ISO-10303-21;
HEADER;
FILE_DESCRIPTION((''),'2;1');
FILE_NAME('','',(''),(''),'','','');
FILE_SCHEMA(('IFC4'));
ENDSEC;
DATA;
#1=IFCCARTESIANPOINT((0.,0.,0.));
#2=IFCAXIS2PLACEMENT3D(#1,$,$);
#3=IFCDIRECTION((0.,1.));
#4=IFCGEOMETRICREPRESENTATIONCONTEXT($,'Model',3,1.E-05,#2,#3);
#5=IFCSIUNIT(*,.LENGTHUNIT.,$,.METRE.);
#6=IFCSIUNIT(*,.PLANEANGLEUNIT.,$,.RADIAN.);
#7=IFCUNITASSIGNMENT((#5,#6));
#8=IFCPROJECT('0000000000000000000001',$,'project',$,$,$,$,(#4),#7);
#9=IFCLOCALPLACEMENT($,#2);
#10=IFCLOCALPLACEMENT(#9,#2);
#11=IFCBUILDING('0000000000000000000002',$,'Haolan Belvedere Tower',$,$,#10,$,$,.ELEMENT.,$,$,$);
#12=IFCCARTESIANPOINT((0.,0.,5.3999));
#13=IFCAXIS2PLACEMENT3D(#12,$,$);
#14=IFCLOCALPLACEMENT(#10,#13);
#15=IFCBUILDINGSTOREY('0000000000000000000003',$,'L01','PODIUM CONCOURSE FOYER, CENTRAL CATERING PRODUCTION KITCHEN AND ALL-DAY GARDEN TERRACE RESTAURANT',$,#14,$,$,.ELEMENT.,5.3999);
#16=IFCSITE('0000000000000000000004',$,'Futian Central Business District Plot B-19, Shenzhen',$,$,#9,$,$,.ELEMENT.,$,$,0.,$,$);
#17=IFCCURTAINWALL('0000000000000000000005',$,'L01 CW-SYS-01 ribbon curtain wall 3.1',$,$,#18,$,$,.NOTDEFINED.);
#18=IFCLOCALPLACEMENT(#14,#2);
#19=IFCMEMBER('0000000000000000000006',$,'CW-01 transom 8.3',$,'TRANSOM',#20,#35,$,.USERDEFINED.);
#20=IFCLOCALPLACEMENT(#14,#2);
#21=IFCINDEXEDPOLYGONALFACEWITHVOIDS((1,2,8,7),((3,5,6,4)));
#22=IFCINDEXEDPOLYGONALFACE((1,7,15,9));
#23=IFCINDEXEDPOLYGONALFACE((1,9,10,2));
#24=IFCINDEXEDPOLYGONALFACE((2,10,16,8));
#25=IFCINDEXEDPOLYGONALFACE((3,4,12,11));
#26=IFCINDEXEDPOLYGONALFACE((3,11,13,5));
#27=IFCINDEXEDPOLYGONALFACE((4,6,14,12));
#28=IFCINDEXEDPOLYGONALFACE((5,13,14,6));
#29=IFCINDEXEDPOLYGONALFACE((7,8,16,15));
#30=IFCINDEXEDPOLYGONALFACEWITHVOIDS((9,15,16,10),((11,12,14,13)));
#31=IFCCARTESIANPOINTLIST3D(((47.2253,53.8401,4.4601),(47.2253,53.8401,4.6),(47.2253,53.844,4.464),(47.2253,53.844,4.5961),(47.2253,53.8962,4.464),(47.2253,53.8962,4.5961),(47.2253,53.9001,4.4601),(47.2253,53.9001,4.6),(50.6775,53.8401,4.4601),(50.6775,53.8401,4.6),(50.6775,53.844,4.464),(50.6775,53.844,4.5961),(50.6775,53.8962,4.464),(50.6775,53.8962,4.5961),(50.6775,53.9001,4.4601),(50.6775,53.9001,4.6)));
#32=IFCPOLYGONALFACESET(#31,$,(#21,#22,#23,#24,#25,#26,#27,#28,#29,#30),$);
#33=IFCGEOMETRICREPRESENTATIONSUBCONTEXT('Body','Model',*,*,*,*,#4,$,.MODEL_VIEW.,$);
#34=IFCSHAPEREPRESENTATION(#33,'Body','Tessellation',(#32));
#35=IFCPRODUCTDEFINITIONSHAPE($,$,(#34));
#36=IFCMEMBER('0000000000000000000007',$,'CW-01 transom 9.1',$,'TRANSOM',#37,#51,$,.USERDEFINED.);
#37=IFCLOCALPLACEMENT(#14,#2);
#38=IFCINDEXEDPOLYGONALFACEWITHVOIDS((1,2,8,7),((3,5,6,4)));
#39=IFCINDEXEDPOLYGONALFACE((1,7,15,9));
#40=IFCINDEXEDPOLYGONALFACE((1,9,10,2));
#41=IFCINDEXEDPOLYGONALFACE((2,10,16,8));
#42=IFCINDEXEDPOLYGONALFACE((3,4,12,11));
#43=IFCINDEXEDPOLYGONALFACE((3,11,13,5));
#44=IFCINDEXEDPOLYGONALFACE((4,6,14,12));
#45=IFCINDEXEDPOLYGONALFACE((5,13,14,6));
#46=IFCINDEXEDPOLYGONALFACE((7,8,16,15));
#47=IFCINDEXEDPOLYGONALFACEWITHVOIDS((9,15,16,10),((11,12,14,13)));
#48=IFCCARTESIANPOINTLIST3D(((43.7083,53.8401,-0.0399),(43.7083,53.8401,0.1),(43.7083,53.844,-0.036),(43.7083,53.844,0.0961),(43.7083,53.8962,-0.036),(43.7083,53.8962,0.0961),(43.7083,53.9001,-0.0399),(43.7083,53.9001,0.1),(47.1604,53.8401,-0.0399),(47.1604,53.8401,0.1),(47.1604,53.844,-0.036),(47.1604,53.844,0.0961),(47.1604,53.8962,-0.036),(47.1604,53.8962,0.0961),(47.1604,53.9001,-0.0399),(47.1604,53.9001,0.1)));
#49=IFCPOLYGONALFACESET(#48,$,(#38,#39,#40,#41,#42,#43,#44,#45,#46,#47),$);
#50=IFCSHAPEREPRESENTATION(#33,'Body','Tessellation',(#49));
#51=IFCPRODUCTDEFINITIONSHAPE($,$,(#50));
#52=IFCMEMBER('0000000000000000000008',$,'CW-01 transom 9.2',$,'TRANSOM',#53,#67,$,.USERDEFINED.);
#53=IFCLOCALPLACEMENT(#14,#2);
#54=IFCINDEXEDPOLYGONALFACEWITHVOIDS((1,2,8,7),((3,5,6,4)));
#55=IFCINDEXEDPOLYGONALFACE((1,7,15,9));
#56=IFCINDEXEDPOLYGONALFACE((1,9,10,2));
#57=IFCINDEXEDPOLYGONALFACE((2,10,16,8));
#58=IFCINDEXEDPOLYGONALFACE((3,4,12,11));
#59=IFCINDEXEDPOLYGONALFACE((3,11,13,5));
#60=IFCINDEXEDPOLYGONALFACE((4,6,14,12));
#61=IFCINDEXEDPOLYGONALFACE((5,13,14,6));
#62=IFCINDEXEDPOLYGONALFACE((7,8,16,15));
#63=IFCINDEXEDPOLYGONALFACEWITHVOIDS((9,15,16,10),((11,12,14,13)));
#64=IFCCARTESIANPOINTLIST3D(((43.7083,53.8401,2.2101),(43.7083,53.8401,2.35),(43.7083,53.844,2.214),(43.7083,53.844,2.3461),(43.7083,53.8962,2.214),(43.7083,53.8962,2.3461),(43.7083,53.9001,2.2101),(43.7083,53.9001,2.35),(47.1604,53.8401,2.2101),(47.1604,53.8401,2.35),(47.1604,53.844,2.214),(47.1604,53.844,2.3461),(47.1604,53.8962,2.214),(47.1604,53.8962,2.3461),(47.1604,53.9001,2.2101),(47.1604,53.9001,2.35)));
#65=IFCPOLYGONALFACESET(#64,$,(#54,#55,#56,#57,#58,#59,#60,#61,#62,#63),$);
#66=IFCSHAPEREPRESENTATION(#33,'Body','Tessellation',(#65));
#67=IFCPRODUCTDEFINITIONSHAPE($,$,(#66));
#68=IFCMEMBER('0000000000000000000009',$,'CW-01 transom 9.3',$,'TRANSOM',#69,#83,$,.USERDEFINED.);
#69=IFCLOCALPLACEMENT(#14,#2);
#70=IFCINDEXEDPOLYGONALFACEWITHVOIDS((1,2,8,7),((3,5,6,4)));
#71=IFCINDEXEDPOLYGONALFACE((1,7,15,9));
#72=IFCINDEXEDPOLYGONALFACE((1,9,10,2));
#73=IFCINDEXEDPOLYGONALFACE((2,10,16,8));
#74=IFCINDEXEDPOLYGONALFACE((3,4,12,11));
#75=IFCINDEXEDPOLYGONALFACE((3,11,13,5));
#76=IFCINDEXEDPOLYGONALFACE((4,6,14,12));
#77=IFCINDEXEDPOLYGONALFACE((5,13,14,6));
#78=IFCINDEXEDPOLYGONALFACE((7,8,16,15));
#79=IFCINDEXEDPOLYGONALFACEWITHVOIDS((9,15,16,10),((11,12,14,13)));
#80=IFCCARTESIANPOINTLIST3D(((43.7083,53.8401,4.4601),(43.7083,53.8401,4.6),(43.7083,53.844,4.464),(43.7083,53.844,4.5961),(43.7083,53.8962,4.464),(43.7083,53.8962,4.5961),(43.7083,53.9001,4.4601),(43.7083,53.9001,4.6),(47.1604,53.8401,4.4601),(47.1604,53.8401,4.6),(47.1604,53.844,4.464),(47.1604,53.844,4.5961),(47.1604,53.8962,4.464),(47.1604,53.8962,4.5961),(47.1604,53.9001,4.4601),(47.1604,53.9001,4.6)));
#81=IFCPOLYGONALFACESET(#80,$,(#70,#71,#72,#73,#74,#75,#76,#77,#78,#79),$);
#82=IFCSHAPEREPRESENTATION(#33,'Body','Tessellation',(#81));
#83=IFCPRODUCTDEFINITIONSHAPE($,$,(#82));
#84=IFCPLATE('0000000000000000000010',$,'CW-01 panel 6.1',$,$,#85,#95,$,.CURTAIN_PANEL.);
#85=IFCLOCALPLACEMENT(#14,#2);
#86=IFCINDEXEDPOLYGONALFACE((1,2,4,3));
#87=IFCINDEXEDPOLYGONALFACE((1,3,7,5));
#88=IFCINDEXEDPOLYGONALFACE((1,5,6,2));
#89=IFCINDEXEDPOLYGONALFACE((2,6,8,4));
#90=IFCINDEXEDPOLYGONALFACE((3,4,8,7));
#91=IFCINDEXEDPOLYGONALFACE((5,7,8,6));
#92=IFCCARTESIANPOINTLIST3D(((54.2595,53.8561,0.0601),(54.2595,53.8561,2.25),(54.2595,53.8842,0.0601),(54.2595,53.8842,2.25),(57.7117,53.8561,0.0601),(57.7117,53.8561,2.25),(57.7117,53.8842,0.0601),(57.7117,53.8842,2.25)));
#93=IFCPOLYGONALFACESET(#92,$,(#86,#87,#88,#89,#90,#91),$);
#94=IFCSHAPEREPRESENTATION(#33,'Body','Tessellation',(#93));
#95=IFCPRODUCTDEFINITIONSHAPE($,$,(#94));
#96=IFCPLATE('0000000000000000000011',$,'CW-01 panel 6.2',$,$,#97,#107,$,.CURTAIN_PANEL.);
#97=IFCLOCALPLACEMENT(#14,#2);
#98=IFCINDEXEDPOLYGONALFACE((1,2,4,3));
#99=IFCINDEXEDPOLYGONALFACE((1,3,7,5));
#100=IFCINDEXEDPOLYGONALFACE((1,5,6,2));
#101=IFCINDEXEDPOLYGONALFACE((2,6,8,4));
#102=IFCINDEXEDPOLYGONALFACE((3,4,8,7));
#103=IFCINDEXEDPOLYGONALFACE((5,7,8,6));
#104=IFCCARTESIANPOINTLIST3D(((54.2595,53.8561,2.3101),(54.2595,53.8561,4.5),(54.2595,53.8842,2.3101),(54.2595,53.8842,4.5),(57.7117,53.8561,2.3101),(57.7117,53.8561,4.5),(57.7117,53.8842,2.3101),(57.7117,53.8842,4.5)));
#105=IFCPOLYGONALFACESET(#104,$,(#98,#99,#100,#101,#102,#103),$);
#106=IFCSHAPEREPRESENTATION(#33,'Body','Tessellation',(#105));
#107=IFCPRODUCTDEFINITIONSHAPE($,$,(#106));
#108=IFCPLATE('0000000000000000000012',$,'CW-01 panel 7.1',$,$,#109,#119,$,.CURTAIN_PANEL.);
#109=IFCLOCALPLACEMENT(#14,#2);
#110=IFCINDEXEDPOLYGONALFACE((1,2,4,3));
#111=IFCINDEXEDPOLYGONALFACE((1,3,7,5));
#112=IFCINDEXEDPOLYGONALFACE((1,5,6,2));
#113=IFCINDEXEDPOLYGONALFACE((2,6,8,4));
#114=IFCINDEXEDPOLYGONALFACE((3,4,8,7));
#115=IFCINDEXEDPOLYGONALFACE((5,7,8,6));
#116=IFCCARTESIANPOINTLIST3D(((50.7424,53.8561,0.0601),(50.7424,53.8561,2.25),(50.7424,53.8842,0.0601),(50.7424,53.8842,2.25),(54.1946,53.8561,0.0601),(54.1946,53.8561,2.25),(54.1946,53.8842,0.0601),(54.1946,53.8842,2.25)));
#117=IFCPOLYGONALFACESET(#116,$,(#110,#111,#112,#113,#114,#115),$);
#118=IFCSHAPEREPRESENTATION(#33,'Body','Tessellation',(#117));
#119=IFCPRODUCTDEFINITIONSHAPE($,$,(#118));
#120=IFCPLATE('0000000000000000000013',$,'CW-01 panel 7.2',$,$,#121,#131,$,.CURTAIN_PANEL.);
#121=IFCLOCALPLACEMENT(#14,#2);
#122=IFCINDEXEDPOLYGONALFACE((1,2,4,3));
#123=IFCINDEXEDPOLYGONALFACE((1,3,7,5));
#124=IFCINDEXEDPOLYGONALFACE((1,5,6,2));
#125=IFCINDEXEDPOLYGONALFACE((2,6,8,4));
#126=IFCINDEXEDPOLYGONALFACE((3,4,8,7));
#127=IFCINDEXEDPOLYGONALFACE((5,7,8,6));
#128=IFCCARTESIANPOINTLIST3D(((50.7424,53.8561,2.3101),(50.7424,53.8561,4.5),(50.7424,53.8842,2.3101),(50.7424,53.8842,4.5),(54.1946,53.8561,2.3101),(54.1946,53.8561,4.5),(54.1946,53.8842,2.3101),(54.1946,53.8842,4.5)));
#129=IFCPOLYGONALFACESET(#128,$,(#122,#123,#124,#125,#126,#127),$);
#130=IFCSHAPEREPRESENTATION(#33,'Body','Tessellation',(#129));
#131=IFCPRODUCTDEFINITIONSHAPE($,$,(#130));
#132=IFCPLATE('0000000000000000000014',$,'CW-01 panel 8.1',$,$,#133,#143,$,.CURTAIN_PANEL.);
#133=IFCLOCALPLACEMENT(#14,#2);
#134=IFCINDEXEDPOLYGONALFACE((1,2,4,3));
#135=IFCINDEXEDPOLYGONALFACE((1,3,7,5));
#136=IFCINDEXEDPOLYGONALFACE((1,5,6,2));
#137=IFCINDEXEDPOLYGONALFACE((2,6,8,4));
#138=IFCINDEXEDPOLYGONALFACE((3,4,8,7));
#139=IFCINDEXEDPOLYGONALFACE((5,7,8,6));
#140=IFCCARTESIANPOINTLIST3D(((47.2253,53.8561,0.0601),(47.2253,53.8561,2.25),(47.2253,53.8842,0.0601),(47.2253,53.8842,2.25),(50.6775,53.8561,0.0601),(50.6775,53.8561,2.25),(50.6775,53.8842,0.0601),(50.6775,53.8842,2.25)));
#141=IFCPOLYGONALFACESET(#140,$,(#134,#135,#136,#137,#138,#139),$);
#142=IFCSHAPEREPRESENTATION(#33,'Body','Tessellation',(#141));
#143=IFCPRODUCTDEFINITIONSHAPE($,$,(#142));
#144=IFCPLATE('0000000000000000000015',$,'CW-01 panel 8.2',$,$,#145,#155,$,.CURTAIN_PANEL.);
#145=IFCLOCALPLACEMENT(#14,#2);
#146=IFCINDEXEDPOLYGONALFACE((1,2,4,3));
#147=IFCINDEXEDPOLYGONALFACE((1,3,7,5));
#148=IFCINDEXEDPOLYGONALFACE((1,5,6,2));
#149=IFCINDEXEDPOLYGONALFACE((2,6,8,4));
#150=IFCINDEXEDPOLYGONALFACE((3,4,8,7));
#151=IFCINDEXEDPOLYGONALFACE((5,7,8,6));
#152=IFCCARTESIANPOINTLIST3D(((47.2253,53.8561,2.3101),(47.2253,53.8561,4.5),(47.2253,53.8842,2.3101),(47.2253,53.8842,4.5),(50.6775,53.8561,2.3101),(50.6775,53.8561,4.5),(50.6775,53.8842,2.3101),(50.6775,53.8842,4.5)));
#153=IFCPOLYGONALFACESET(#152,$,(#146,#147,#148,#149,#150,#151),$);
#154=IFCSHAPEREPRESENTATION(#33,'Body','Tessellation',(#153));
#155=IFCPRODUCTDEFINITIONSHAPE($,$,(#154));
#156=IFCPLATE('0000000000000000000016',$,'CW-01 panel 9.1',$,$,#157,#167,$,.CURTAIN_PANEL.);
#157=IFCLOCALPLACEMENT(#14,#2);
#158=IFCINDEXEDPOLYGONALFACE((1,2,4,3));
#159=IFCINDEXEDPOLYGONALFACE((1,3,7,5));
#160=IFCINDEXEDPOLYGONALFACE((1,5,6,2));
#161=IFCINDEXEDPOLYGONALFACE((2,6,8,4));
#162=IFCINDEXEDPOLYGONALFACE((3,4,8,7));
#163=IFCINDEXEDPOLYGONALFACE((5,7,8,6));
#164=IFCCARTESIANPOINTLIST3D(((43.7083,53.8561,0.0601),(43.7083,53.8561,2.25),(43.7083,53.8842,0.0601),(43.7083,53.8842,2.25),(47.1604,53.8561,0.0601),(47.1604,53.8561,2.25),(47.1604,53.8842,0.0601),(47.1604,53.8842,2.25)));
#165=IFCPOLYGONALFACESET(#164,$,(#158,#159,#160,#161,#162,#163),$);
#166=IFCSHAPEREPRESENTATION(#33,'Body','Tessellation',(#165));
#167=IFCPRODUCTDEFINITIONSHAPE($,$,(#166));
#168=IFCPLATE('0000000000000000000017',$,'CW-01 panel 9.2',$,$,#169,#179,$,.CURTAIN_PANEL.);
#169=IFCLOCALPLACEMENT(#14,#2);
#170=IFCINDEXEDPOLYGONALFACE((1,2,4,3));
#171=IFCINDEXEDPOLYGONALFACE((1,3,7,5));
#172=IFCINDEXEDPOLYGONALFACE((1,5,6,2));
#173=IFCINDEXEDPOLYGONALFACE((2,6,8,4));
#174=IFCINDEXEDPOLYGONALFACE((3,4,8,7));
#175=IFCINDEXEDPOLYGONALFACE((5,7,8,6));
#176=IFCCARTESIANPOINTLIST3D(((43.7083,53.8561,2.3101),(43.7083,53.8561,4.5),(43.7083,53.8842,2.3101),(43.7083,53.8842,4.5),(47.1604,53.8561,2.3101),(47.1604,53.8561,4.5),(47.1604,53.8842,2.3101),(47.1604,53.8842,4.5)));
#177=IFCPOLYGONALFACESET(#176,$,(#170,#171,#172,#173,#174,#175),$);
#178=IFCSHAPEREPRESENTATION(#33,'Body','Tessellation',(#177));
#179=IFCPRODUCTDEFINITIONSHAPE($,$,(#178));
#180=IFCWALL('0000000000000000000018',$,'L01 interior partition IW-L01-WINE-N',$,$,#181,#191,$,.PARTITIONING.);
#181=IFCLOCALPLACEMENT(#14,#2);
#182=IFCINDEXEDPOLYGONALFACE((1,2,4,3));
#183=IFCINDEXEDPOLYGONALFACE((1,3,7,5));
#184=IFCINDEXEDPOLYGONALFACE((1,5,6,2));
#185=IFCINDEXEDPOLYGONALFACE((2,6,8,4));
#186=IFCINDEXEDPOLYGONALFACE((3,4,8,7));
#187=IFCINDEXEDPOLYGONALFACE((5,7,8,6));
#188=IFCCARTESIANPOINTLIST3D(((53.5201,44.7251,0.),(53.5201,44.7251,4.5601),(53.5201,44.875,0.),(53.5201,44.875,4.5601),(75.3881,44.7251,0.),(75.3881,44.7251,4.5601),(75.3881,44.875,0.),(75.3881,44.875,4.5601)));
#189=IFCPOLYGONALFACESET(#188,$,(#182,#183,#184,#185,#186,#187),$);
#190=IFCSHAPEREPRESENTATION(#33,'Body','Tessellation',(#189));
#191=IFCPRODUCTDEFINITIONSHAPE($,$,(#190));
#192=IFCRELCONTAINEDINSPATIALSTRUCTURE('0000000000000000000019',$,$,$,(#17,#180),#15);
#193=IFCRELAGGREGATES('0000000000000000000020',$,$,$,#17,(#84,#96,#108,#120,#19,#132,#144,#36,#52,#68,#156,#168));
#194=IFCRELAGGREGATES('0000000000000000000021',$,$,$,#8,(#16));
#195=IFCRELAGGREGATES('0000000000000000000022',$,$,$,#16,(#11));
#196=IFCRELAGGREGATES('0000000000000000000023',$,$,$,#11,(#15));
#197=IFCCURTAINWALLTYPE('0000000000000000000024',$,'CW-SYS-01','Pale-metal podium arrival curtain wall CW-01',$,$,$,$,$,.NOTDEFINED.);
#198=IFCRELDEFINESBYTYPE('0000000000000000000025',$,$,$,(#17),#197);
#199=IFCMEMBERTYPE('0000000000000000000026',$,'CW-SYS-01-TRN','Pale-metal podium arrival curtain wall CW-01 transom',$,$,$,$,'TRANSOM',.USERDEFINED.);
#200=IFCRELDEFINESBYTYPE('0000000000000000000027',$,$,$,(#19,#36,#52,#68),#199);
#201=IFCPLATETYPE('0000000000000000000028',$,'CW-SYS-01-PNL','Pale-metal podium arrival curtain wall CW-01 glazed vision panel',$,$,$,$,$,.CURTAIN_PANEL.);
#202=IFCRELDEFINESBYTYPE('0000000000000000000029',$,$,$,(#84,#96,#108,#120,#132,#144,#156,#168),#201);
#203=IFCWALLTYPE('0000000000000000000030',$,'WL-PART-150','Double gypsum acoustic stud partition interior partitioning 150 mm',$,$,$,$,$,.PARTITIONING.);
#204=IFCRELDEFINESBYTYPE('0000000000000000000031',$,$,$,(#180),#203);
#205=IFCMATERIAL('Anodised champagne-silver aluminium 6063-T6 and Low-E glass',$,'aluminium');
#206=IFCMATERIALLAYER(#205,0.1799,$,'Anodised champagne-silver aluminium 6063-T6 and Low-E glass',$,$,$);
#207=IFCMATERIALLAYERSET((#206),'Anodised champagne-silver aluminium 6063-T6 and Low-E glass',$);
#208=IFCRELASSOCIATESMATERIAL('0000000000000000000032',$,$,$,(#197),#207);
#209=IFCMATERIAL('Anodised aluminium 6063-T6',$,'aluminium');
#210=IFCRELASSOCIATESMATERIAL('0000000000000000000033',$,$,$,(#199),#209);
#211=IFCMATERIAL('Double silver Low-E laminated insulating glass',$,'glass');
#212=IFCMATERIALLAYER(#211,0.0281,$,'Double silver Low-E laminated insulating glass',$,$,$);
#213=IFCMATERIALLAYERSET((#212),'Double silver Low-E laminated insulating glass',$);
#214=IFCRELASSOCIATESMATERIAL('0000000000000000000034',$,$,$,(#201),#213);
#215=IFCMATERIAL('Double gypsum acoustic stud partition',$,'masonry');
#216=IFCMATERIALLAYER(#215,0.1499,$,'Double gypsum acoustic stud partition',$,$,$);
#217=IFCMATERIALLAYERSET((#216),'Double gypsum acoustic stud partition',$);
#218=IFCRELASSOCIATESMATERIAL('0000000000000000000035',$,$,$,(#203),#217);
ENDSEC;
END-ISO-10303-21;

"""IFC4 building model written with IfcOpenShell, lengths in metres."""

from ifc_helpers import new_model, si_unit, direction, frame, frame_2d, origin, origin_2d, place, context, subcontext, project, spatial, rectangle, hollow_rectangle, extrude, material, layer, layer_set, material_profile, profile_set, type_object, element, aggregate, save


model = new_model("IFC4")

# Units and contexts
model_context = context("Model", 3, precision=1e-05, world=origin(), true_north=direction((0.0, 1.0)))
body_context = subcontext(model_context, "Body", "Model", "MODEL_VIEW")
ifc_project = project(units=[si_unit("LENGTHUNIT", "METRE"), si_unit("PLANEANGLEUNIT", "RADIAN")], contexts=[model_context])

# Site, building, storey
site_placement = place(None, origin())
site = spatial("IfcSite", under=ifc_project, at=site_placement, Name="Futian Central Business District Plot B-19, Shenzhen", CompositionType="ELEMENT", RefElevation=0.0)
building_placement = place(site_placement, origin())
building = spatial("IfcBuilding", under=site, at=building_placement, Name="Haolan Belvedere Tower", CompositionType="ELEMENT")
storey_placement = place(building_placement, frame((0.0, 0.0, 5.3999)))
storey = spatial("IfcBuildingStorey", under=building, at=storey_placement, Name="L01", Description="PODIUM CONCOURSE FOYER, CENTRAL CATERING PRODUCTION KITCHEN AND ALL-DAY GARDEN TERRACE RESTAURANT", CompositionType="ELEMENT", Elevation=5.3999)

# Curtain wall, members, plates
ifc_material_1 = material(Name="Anodised champagne-silver aluminium 6063-T6 and Low-E glass", Category="aluminium")
ifc_layer_1 = layer(ifc_material_1, 0.1799, Name="Anodised champagne-silver aluminium 6063-T6 and Low-E glass")
ifc_layer_set_1 = layer_set([ifc_layer_1], Name="Anodised champagne-silver aluminium 6063-T6 and Low-E glass")
curtain_wall_type = type_object("IfcCurtainWallType", Name="CW-SYS-01", Description="Pale-metal podium arrival curtain wall CW-01", PredefinedType="NOTDEFINED", material=ifc_layer_set_1)
curtain_wall_placement = place(storey_placement, origin())
curtain_wall = element("IfcCurtainWall", 1, at=curtain_wall_placement, inside=storey, type_object=curtain_wall_type, Name="L01 CW-SYS-01 ribbon curtain wall 3.1", PredefinedType="NOTDEFINED")
ifc_material_2 = material(Name="Anodised aluminium 6063-T6", Category="aluminium")
ifc_material_profile_1 = material_profile(ifc_material_2, hollow_rectangle(XDim=0.0601, YDim=0.1399, WallThickness=0.0039, at=origin_2d()), Name="Anodised aluminium 6063-T6")
ifc_profile_set_1 = profile_set([ifc_material_profile_1], Name="Anodised aluminium 6063-T6")
member_type_1 = type_object("IfcMemberType", Name="CW-SYS-01-TRN", Description="Pale-metal podium arrival curtain wall CW-01 transom", ElementType="TRANSOM", PredefinedType="USERDEFINED", material=ifc_profile_set_1)
member_1_placement = place(storey_placement, frame((50.6775, 53.8701, 4.53), z_axis=(-1.0, 0.0, 0.0), x_axis=(0.0, -1.0, 0.0)))
member_1 = element("IfcMember", 2, at=member_1_placement, type_object=member_type_1, Name="CW-01 transom 8.3", ObjectType="TRANSOM", PredefinedType="USERDEFINED", context=body_context, shape_type="SweptSolid", body=[
    extrude(hollow_rectangle(XDim=0.0601, YDim=0.1399, WallThickness=0.0039, at=origin_2d()), origin(), (0.0, 0.0, 1.0), 3.4521),
])
member_2_placement = place(storey_placement, frame((47.1604, 53.8701, 0.03), z_axis=(-1.0, 0.0, 0.0), x_axis=(0.0, -1.0, 0.0)))
member_2 = element("IfcMember", 3, at=member_2_placement, type_object=member_type_1, Name="CW-01 transom 9.1", ObjectType="TRANSOM", PredefinedType="USERDEFINED", context=body_context, shape_type="SweptSolid", body=[
    extrude(hollow_rectangle(XDim=0.0601, YDim=0.1399, WallThickness=0.0039, at=origin_2d()), origin(), (0.0, 0.0, 1.0), 3.4521),
])
member_3_placement = place(storey_placement, frame((47.1604, 53.8701, 2.28), z_axis=(-1.0, 0.0, 0.0), x_axis=(0.0, -1.0, 0.0)))
member_3 = element("IfcMember", 4, at=member_3_placement, type_object=member_type_1, Name="CW-01 transom 9.2", ObjectType="TRANSOM", PredefinedType="USERDEFINED", context=body_context, shape_type="SweptSolid", body=[
    extrude(hollow_rectangle(XDim=0.0601, YDim=0.1399, WallThickness=0.0039, at=origin_2d()), origin(), (0.0, 0.0, 1.0), 3.4521),
])
member_4_placement = place(storey_placement, frame((47.1604, 53.8701, 4.53), z_axis=(-1.0, 0.0, 0.0), x_axis=(0.0, -1.0, 0.0)))
member_4 = element("IfcMember", 5, at=member_4_placement, type_object=member_type_1, Name="CW-01 transom 9.3", ObjectType="TRANSOM", PredefinedType="USERDEFINED", context=body_context, shape_type="SweptSolid", body=[
    extrude(hollow_rectangle(XDim=0.0601, YDim=0.1399, WallThickness=0.0039, at=origin_2d()), origin(), (0.0, 0.0, 1.0), 3.4521),
])
ifc_material_3 = material(Name="Double silver Low-E laminated insulating glass", Category="glass")
ifc_layer_2 = layer(ifc_material_3, 0.0281, Name="Double silver Low-E laminated insulating glass")
ifc_layer_set_2 = layer_set([ifc_layer_2], Name="Double silver Low-E laminated insulating glass")
plate_type = type_object("IfcPlateType", Name="CW-SYS-01-PNL", Description="Pale-metal podium arrival curtain wall CW-01 glazed vision panel", PredefinedType="CURTAIN_PANEL", material=ifc_layer_set_2)
plate_1_placement = place(storey_placement, frame((55.9856, 53.8701, 0.0601), z_axis=(0.0, 0.0, 1.0), x_axis=(-1.0, 0.0, 0.0)))
plate_1 = element("IfcPlate", 6, at=plate_1_placement, type_object=plate_type, Name="CW-01 panel 6.1", PredefinedType="CURTAIN_PANEL", context=body_context, shape_type="SweptSolid", body=[
    extrude(rectangle(XDim=3.4521, YDim=0.0281, at=origin_2d()), origin(), (0.0, 0.0, 1.0), 2.1899),
])
plate_2_placement = place(storey_placement, frame((55.9856, 53.8701, 2.3101), z_axis=(0.0, 0.0, 1.0), x_axis=(-1.0, 0.0, 0.0)))
plate_2 = element("IfcPlate", 7, at=plate_2_placement, type_object=plate_type, Name="CW-01 panel 6.2", PredefinedType="CURTAIN_PANEL", context=body_context, shape_type="SweptSolid", body=[
    extrude(rectangle(XDim=3.4521, YDim=0.0281, at=origin_2d()), origin(), (0.0, 0.0, 1.0), 2.1899),
])
plate_3_placement = place(storey_placement, frame((52.4685, 53.8701, 0.0601), z_axis=(0.0, 0.0, 1.0), x_axis=(-1.0, 0.0, 0.0)))
plate_3 = element("IfcPlate", 8, at=plate_3_placement, type_object=plate_type, Name="CW-01 panel 7.1", PredefinedType="CURTAIN_PANEL", context=body_context, shape_type="SweptSolid", body=[
    extrude(rectangle(XDim=3.4521, YDim=0.0281, at=origin_2d()), origin(), (0.0, 0.0, 1.0), 2.1899),
])
plate_4_placement = place(storey_placement, frame((52.4685, 53.8701, 2.3101), z_axis=(0.0, 0.0, 1.0), x_axis=(-1.0, 0.0, 0.0)))
plate_4 = element("IfcPlate", 9, at=plate_4_placement, type_object=plate_type, Name="CW-01 panel 7.2", PredefinedType="CURTAIN_PANEL", context=body_context, shape_type="SweptSolid", body=[
    extrude(rectangle(XDim=3.4521, YDim=0.0281, at=origin_2d()), origin(), (0.0, 0.0, 1.0), 2.1899),
])
plate_5_placement = place(storey_placement, frame((48.9514, 53.8701, 0.0601), z_axis=(0.0, 0.0, 1.0), x_axis=(-1.0, 0.0, 0.0)))
plate_5 = element("IfcPlate", 10, at=plate_5_placement, type_object=plate_type, Name="CW-01 panel 8.1", PredefinedType="CURTAIN_PANEL", context=body_context, shape_type="SweptSolid", body=[
    extrude(rectangle(XDim=3.4521, YDim=0.0281, at=origin_2d()), origin(), (0.0, 0.0, 1.0), 2.1899),
])
plate_6_placement = place(storey_placement, frame((48.9514, 53.8701, 2.3101), z_axis=(0.0, 0.0, 1.0), x_axis=(-1.0, 0.0, 0.0)))
plate_6 = element("IfcPlate", 11, at=plate_6_placement, type_object=plate_type, Name="CW-01 panel 8.2", PredefinedType="CURTAIN_PANEL", context=body_context, shape_type="SweptSolid", body=[
    extrude(rectangle(XDim=3.4521, YDim=0.0281, at=origin_2d()), origin(), (0.0, 0.0, 1.0), 2.1899),
])
plate_7_placement = place(storey_placement, frame((45.4343, 53.8701, 0.0601), z_axis=(0.0, 0.0, 1.0), x_axis=(-1.0, 0.0, 0.0)))
plate_7 = element("IfcPlate", 12, at=plate_7_placement, type_object=plate_type, Name="CW-01 panel 9.1", PredefinedType="CURTAIN_PANEL", context=body_context, shape_type="SweptSolid", body=[
    extrude(rectangle(XDim=3.4521, YDim=0.0281, at=origin_2d()), origin(), (0.0, 0.0, 1.0), 2.1899),
])
plate_8_placement = place(storey_placement, frame((45.4343, 53.8701, 2.3101), z_axis=(0.0, 0.0, 1.0), x_axis=(-1.0, 0.0, 0.0)))
plate_8 = element("IfcPlate", 13, at=plate_8_placement, type_object=plate_type, Name="CW-01 panel 9.2", PredefinedType="CURTAIN_PANEL", context=body_context, shape_type="SweptSolid", body=[
    extrude(rectangle(XDim=3.4521, YDim=0.0281, at=origin_2d()), origin(), (0.0, 0.0, 1.0), 2.1899),
])
aggregate(curtain_wall, [plate_1, plate_2, plate_3, plate_4, member_1, plate_5, plate_6, member_2, member_3, member_4, plate_7, plate_8])

# Wall
ifc_material_4 = material(Name="Double gypsum acoustic stud partition", Category="masonry")
ifc_layer_3 = layer(ifc_material_4, 0.1499, Name="Double gypsum acoustic stud partition")
ifc_layer_set_3 = layer_set([ifc_layer_3], Name="Double gypsum acoustic stud partition")
wall_type_1 = type_object("IfcWallType", Name="WL-PART-150", Description="Double gypsum acoustic stud partition interior partitioning 150 mm", PredefinedType="PARTITIONING", material=ifc_layer_set_3)
wall_1_placement = place(storey_placement, frame((53.52, 44.8, 0.0), z_axis=(0.0, 0.0, 1.0), x_axis=(1.0, 0.0, 0.0)))
element("IfcWall", 14, at=wall_1_placement, inside=storey, type_object=wall_type_1, Name="L01 interior partition IW-L01-WINE-N", PredefinedType="PARTITIONING", context=body_context, shape_type="SweptSolid", body=[
    extrude(rectangle(XDim=21.8679, YDim=0.1499, at=frame_2d((10.9341, 0.0))), origin(), (0.0, 0.0, 1.0), 4.5601),
])

save(model, "model.ifc")
